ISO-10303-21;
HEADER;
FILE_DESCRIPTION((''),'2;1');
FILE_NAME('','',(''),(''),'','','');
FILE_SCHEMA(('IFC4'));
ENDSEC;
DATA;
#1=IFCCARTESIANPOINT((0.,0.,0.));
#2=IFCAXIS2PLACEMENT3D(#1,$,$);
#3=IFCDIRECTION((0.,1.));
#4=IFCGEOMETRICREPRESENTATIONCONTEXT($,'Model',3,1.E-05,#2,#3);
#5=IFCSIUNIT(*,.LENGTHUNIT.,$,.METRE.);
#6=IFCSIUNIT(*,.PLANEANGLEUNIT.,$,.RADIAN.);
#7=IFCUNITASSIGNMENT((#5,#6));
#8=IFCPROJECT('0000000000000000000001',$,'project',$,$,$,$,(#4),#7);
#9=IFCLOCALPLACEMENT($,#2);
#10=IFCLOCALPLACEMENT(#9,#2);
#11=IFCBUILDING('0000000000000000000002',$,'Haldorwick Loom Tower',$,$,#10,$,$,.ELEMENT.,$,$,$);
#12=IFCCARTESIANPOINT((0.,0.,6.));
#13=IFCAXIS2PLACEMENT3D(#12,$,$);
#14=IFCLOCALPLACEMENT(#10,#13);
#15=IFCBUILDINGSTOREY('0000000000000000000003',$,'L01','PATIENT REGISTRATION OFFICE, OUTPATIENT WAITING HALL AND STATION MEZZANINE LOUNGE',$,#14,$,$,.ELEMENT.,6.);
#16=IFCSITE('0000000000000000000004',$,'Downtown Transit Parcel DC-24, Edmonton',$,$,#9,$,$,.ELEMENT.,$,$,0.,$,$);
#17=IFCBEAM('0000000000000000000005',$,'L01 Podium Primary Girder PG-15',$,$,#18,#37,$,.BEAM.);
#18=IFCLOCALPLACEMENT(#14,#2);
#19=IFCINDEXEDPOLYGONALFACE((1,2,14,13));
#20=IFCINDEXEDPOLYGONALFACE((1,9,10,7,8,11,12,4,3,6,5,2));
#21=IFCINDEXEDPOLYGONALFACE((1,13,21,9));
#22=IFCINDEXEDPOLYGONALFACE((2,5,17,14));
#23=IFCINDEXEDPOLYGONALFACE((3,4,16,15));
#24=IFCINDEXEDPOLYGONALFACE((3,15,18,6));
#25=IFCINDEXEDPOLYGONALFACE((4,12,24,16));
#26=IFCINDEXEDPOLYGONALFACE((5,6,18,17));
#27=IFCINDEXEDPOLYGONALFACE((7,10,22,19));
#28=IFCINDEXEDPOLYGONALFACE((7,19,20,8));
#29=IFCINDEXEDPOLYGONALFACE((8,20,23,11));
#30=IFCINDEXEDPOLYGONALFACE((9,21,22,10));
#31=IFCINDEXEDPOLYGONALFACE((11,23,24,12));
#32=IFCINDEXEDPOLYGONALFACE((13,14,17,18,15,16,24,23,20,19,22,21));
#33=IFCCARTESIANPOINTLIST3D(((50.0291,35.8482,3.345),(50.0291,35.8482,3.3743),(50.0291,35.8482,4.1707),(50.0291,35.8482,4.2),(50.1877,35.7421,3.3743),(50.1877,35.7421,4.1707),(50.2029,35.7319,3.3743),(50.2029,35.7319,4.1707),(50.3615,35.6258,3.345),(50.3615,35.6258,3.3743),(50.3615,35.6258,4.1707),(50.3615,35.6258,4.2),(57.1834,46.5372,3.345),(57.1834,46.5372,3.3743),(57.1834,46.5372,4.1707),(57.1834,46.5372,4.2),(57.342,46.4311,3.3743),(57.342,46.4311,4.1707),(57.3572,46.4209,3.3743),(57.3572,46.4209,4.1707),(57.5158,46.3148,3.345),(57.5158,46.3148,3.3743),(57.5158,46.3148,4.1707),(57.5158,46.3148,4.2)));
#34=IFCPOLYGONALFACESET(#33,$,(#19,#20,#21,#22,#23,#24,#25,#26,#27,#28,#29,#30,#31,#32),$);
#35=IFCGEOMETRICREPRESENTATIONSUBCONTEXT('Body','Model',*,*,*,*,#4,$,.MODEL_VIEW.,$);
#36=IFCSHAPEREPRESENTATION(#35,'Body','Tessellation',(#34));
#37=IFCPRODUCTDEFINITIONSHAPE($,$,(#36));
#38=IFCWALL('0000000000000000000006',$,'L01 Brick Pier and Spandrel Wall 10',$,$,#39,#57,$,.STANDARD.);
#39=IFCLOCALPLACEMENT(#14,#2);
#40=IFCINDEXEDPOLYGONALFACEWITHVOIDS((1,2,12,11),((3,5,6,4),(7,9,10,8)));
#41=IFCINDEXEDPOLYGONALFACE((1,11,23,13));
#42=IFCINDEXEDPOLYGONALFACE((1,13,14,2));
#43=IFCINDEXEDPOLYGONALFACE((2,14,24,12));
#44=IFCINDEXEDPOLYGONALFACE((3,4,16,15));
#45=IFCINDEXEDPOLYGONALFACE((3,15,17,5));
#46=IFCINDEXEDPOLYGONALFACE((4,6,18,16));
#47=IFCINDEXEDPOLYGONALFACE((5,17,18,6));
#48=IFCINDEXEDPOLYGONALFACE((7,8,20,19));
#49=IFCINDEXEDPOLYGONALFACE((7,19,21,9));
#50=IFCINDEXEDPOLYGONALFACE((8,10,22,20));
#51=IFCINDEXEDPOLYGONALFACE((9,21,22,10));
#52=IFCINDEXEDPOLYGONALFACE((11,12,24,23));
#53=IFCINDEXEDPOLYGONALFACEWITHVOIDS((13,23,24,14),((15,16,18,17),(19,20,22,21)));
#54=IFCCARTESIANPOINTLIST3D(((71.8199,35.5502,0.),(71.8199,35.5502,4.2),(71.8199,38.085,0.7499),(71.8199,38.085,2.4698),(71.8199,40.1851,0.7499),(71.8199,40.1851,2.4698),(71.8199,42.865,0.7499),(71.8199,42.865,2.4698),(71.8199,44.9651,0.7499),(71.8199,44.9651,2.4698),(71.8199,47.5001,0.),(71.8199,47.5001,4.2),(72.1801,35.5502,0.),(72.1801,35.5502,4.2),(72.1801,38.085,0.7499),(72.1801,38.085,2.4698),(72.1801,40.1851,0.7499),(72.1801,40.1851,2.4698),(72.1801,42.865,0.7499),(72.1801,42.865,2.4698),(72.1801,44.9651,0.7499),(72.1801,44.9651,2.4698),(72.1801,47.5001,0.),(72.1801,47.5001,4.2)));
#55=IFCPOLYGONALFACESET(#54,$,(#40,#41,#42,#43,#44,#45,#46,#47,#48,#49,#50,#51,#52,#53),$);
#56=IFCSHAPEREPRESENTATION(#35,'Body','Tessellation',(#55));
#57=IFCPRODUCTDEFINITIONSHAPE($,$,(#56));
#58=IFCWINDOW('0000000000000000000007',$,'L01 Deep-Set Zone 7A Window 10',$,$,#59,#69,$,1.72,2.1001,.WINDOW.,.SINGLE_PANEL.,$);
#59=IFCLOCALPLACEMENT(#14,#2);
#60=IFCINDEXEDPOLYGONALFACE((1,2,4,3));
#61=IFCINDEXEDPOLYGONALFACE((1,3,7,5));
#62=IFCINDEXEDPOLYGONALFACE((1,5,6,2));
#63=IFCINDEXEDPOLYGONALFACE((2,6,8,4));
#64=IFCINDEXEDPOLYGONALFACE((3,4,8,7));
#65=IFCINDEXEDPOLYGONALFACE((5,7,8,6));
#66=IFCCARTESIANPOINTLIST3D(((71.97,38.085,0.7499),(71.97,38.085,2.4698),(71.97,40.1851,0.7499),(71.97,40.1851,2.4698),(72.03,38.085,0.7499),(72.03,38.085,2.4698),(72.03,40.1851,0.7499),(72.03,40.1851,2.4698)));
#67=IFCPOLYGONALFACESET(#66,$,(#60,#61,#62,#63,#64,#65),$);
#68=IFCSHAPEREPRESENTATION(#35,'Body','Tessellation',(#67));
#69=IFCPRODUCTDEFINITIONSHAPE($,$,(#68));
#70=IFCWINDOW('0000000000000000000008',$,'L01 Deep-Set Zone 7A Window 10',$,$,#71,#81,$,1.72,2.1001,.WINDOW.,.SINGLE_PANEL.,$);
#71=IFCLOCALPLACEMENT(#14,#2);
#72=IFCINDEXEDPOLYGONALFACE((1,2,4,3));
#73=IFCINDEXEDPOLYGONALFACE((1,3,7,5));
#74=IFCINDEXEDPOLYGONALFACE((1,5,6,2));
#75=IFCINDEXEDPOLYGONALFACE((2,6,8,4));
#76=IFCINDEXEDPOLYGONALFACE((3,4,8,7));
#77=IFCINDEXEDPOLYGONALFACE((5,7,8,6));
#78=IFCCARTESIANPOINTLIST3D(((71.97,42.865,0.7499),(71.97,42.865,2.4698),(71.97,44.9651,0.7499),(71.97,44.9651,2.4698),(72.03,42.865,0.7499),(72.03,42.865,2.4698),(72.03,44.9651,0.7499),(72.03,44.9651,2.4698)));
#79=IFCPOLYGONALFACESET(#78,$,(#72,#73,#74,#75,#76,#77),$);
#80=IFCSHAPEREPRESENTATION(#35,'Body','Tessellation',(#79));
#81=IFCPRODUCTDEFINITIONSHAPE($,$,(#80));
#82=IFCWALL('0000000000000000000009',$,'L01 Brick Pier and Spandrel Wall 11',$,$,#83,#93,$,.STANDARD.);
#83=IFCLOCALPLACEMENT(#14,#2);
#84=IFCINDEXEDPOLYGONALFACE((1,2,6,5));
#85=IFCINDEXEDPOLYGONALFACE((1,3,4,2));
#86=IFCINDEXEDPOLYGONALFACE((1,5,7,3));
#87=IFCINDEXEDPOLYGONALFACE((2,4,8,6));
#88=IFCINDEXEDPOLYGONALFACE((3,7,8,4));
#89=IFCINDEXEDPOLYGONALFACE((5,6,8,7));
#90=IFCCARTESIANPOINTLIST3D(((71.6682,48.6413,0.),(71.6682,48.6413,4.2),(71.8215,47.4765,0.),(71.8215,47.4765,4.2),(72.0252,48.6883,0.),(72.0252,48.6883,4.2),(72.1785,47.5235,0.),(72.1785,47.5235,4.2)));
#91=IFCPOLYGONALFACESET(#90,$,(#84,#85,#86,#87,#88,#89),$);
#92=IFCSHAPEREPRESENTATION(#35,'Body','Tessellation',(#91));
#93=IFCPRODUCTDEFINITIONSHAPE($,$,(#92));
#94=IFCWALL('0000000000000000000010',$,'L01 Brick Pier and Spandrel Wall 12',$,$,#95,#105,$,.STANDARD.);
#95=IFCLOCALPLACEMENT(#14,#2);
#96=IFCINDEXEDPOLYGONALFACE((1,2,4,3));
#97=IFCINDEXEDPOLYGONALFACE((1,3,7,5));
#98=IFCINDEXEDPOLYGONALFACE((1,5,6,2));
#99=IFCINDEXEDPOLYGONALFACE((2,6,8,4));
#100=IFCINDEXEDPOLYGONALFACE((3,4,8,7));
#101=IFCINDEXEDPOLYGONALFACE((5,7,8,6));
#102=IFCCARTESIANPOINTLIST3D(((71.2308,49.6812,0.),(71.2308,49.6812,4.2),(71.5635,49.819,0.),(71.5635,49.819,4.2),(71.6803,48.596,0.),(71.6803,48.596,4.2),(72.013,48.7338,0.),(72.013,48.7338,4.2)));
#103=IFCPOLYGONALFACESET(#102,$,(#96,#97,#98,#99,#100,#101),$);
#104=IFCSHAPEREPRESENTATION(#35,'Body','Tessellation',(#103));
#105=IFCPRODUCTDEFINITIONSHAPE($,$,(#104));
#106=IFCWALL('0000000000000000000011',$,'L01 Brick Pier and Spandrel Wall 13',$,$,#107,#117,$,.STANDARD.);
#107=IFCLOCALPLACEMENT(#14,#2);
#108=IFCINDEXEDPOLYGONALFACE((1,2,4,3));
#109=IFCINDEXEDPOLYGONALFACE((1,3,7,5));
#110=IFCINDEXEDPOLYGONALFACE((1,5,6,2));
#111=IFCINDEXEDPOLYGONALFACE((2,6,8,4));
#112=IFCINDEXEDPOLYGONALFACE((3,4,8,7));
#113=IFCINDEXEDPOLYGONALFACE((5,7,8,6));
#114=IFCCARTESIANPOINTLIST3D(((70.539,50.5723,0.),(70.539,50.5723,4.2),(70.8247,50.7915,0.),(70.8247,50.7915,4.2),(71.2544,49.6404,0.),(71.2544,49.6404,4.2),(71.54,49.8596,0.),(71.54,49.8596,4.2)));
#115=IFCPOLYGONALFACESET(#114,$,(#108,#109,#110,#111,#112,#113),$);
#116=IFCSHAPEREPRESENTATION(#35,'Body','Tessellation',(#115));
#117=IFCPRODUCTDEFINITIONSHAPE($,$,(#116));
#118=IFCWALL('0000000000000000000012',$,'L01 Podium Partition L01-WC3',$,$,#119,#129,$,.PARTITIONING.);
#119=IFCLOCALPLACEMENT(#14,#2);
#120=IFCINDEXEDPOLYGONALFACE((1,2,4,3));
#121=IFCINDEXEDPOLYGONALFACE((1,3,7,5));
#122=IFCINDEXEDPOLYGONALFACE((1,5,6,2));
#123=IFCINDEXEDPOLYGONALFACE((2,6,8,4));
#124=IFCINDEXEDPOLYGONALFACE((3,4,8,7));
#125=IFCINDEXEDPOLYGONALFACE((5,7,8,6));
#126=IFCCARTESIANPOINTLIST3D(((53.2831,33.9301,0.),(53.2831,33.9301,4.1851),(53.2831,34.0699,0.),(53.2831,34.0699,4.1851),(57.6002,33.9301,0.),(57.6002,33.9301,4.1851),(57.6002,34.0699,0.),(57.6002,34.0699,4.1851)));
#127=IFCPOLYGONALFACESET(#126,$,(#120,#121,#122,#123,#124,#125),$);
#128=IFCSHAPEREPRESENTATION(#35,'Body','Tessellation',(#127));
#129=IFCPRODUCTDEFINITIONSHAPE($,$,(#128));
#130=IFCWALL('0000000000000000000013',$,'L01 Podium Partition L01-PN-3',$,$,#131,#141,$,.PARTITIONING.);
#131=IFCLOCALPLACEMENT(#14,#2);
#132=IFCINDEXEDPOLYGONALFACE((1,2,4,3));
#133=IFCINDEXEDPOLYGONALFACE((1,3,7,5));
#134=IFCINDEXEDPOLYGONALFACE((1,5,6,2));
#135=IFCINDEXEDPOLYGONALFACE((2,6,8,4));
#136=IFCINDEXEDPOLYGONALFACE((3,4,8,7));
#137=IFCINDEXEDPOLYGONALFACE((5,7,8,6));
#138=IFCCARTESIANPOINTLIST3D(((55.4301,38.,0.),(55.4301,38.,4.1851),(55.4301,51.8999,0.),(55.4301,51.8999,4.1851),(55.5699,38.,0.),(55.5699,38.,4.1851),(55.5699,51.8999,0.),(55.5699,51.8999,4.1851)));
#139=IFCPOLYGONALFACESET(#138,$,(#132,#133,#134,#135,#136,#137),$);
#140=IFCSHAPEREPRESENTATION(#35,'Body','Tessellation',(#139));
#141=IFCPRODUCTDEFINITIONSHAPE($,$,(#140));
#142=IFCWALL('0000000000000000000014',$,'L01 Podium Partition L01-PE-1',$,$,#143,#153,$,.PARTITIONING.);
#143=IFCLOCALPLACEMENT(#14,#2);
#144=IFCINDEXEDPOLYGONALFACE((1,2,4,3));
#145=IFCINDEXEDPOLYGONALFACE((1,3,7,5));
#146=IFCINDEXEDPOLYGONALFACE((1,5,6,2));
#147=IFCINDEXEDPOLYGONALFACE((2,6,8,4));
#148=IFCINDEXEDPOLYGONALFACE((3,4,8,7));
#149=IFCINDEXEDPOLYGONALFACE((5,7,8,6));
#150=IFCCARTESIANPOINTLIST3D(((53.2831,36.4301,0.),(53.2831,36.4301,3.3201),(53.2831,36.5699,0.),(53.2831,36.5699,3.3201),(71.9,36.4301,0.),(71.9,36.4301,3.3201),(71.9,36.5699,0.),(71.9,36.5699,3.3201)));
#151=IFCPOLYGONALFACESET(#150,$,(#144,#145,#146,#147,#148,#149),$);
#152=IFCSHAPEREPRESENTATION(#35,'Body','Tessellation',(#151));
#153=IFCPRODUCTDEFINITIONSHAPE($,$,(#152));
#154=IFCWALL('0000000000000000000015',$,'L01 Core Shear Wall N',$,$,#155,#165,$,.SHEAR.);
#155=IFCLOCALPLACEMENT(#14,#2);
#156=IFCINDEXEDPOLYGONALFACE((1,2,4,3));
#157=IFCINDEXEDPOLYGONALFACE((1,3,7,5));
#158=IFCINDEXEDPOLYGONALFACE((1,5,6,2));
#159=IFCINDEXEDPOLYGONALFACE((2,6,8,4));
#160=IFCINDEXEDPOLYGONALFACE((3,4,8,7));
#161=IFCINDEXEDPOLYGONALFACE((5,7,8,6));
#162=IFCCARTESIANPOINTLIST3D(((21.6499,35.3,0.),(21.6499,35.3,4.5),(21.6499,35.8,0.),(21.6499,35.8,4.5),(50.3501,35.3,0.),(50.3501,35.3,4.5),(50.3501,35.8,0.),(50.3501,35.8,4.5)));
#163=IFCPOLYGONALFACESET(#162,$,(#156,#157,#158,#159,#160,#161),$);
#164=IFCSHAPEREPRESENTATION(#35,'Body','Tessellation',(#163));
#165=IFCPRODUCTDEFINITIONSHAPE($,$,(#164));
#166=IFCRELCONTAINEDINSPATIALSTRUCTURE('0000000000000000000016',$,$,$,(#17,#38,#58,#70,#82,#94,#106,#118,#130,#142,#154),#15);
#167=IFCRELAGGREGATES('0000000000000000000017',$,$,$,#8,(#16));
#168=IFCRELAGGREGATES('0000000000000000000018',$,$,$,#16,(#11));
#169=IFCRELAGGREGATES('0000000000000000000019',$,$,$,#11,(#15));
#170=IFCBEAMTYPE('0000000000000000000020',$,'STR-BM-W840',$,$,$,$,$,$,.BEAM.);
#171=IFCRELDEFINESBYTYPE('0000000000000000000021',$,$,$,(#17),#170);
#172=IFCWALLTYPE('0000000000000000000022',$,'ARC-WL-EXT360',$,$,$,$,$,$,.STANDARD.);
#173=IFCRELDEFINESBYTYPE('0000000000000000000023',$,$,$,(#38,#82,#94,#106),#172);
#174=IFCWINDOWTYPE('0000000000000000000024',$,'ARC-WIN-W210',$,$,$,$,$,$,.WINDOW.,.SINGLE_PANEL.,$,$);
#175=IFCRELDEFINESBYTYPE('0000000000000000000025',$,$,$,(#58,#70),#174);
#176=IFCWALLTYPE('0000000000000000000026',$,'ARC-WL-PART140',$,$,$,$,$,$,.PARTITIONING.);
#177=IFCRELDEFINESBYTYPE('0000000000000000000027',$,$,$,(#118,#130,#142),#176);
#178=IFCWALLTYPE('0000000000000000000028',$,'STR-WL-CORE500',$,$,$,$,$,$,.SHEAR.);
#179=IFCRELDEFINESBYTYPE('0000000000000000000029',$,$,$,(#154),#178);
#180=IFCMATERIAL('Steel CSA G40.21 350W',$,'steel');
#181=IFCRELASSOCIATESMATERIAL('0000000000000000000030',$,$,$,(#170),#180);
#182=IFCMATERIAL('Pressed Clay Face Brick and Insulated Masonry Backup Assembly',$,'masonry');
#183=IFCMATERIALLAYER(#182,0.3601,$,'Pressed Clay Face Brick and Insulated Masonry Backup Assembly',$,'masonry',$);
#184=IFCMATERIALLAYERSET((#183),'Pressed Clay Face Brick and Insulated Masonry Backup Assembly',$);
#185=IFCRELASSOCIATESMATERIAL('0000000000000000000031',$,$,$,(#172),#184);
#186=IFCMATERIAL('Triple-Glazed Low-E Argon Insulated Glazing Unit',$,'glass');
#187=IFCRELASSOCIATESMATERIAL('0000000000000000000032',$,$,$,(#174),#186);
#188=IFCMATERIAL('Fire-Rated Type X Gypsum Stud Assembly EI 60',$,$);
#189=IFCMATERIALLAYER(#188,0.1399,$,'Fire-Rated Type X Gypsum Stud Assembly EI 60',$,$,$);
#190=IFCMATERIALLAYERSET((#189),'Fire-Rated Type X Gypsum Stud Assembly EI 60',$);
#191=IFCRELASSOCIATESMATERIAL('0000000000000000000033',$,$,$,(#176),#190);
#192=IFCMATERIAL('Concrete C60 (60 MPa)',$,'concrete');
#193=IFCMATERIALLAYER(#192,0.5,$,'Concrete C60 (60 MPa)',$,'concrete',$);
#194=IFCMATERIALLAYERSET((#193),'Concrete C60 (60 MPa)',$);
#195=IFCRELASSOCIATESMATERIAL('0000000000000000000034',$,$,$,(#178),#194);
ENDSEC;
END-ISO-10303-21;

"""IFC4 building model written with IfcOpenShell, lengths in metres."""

from ifc_helpers import new_model, si_unit, direction, frame, frame_2d, origin, origin_2d, place, context, subcontext, project, spatial, rectangle, i_section, extrude, material, layer, layer_set, material_profile, profile_set, type_object, element, fill, save


model = new_model("IFC4")

# Units and contexts
model_context = context("Model", 3, precision=1e-05, world=origin(), true_north=direction((0.0, 1.0)))
body_context = subcontext(model_context, "Body", "Model", "MODEL_VIEW")
ifc_project = project(units=[si_unit("LENGTHUNIT", "METRE"), si_unit("PLANEANGLEUNIT", "RADIAN")], contexts=[model_context])

# Site, building, storey
site_placement = place(None, origin())
site = spatial("IfcSite", under=ifc_project, at=site_placement, Name="Downtown Transit Parcel DC-24, Edmonton", CompositionType="ELEMENT", RefElevation=0.0)
building_placement = place(site_placement, origin())
building = spatial("IfcBuilding", under=site, at=building_placement, Name="Haldorwick Loom Tower", CompositionType="ELEMENT")
storey_placement = place(building_placement, frame((0.0, 0.0, 6.0)))
storey = spatial("IfcBuildingStorey", under=building, at=storey_placement, Name="L01", Description="PATIENT REGISTRATION OFFICE, OUTPATIENT WAITING HALL AND STATION MEZZANINE LOUNGE", CompositionType="ELEMENT", Elevation=6.0)

# Shared definitions
ifc_material_1 = material(Name="Concrete C60 (60 MPa)", Category="concrete")

# Beam
ifc_material_2 = material(Name="Steel CSA G40.21 350W", Category="steel")
ifc_material_profile_1 = material_profile(ifc_material_2, i_section(OverallWidth=0.3999, OverallDepth=0.855, WebThickness=0.0183, FlangeThickness=0.0293, at=origin_2d()), Name="W840X299", Category="steel")
ifc_profile_set_1 = profile_set([ifc_material_profile_1], Name="Steel CSA G40.21 350W")
beam_type_1 = type_object("IfcBeamType", Name="STR-BM-W840", PredefinedType="BEAM", material=ifc_profile_set_1)
beam_1_placement = place(storey_placement, frame((57.3496, 46.426, 3.7725), z_axis=(-0.556224, -0.831033, 0.0), x_axis=(0.831033, -0.556224, 0.0)))
element("IfcBeam", 1, at=beam_1_placement, inside=storey, type_object=beam_type_1, Name="L01 Podium Primary Girder PG-15", PredefinedType="BEAM", context=body_context, shape_type="SweptSolid", body=[
    extrude(i_section(OverallWidth=0.3999, OverallDepth=0.855, WebThickness=0.0183, FlangeThickness=0.0293, at=origin_2d()), origin(), (0.0, 0.0, 1.0), 12.8623),
])

# Wall, openings, windows
ifc_material_3 = material(Name="Pressed Clay Face Brick and Insulated Masonry Backup Assembly", Category="masonry")
ifc_layer_1 = layer(ifc_material_3, 0.3601, Name="Pressed Clay Face Brick and Insulated Masonry Backup Assembly", Category="masonry")
ifc_layer_set_1 = layer_set([ifc_layer_1], Name="Pressed Clay Face Brick and Insulated Masonry Backup Assembly")
wall_type_1 = type_object("IfcWallType", Name="ARC-WL-EXT360", PredefinedType="STANDARD", material=ifc_layer_set_1)
wall_1_placement = place(storey_placement, frame((72.0, 35.55, 0.0), z_axis=(0.0, 0.0, 1.0), x_axis=(0.0, 1.0, 0.0)))
wall_1 = element("IfcWall", 2, at=wall_1_placement, inside=storey, type_object=wall_type_1, Name="L01 Brick Pier and Spandrel Wall 10", PredefinedType="STANDARD", context=body_context, shape_type="SweptSolid", body=[
    extrude(rectangle(XDim=11.95, YDim=0.3601, at=frame_2d((5.9751, 0.0))), origin(), (0.0, 0.0, 1.0), 4.2),
])
opening_1_placement = place(wall_1_placement, frame((2.5349, 0.0, 0.75)))
opening_1 = element("IfcOpeningElement", 3, at=opening_1_placement, cuts=wall_1, PredefinedType="OPENING", context=body_context, shape_type="SweptSolid", body=[
    extrude(rectangle(XDim=2.1001, YDim=1.72, at=frame_2d((1.05, 0.8599))), frame((0.0, 0.1899, 0.0), z_axis=(0.0, -1.0, 0.0), x_axis=(1.0, 0.0, 0.0)), (0.0, 0.0, 1.0), 0.3801),
])
opening_2_placement = place(wall_1_placement, frame((7.3149, 0.0, 0.75)))
opening_2 = element("IfcOpeningElement", 4, at=opening_2_placement, cuts=wall_1, PredefinedType="OPENING", context=body_context, shape_type="SweptSolid", body=[
    extrude(rectangle(XDim=2.1001, YDim=1.72, at=frame_2d((1.05, 0.8599))), frame((0.0, 0.1899, 0.0), z_axis=(0.0, -1.0, 0.0), x_axis=(1.0, 0.0, 0.0)), (0.0, 0.0, 1.0), 0.3801),
])
ifc_material_4 = material(Name="Triple-Glazed Low-E Argon Insulated Glazing Unit", Category="glass")
window_type = type_object("IfcWindowType", Name="ARC-WIN-W210", PartitioningType="SINGLE_PANEL", PredefinedType="WINDOW", material=ifc_material_4)
window_1_placement = place(opening_1_placement, origin())
window_1 = element("IfcWindow", 5, at=window_1_placement, inside=storey, type_object=window_type, Name="L01 Deep-Set Zone 7A Window 10", OverallHeight=1.72, OverallWidth=2.1001, PartitioningType="SINGLE_PANEL", PredefinedType="WINDOW", context=body_context, shape_type="SweptSolid", body=[
    extrude(rectangle(XDim=2.1001, YDim=1.72, at=frame_2d((1.05, 0.8599))), frame((0.0, 0.03, 0.0), z_axis=(0.0, -1.0, 0.0), x_axis=(1.0, 0.0, 0.0)), (0.0, 0.0, 1.0), 0.0601),
])
fill(opening_1, window_1)
window_2_placement = place(opening_2_placement, origin())
window_2 = element("IfcWindow", 6, at=window_2_placement, inside=storey, type_object=window_type, Name="L01 Deep-Set Zone 7A Window 10", OverallHeight=1.72, OverallWidth=2.1001, PartitioningType="SINGLE_PANEL", PredefinedType="WINDOW", context=body_context, shape_type="SweptSolid", body=[
    extrude(rectangle(XDim=2.1001, YDim=1.72, at=frame_2d((1.05, 0.8599))), frame((0.0, 0.03, 0.0), z_axis=(0.0, -1.0, 0.0), x_axis=(1.0, 0.0, 0.0)), (0.0, 0.0, 1.0), 0.0601),
])
fill(opening_2, window_2)

# Walls
wall_2_placement = place(storey_placement, frame((72.0, 47.5, 0.0), z_axis=(0.0, 0.0, 1.0), x_axis=(-0.130503, 0.991448, 0.0)))
element("IfcWall", 7, at=wall_2_placement, inside=storey, type_object=wall_type_1, Name="L01 Brick Pier and Spandrel Wall 11", PredefinedType="STANDARD", context=body_context, shape_type="SweptSolid", body=[
    extrude(rectangle(XDim=1.1748, YDim=0.3601, at=frame_2d((0.5874, 0.0))), origin(), (0.0, 0.0, 1.0), 4.2),
])
wall_3_placement = place(storey_placement, frame((71.8467, 48.6648, 0.0), z_axis=(0.0, 0.0, 1.0), x_axis=(-0.382652, 0.923893, 0.0)))
element("IfcWall", 8, at=wall_3_placement, inside=storey, type_object=wall_type_1, Name="L01 Brick Pier and Spandrel Wall 12", PredefinedType="STANDARD", context=body_context, shape_type="SweptSolid", body=[
    extrude(rectangle(XDim=1.1746, YDim=0.3601, at=frame_2d((0.5874, 0.0))), origin(), (0.0, 0.0, 1.0), 4.2),
])
wall_4_placement = place(storey_placement, frame((71.3972, 49.75, 0.0), z_axis=(0.0, 0.0, 1.0), x_axis=(-0.608907, 0.793242, 0.0)))
element("IfcWall", 9, at=wall_4_placement, inside=storey, type_object=wall_type_1, Name="L01 Brick Pier and Spandrel Wall 13", PredefinedType="STANDARD", context=body_context, shape_type="SweptSolid", body=[
    extrude(rectangle(XDim=1.1748, YDim=0.3601, at=frame_2d((0.5874, 0.0))), origin(), (0.0, 0.0, 1.0), 4.2),
])
ifc_material_5 = material(Name="Fire-Rated Type X Gypsum Stud Assembly EI 60")
ifc_layer_2 = layer(ifc_material_5, 0.1399, Name="Fire-Rated Type X Gypsum Stud Assembly EI 60")
ifc_layer_set_2 = layer_set([ifc_layer_2], Name="Fire-Rated Type X Gypsum Stud Assembly EI 60")
wall_type_2 = type_object("IfcWallType", Name="ARC-WL-PART140", PredefinedType="PARTITIONING", material=ifc_layer_set_2)
wall_5_placement = place(storey_placement, frame((53.283, 34.0, 0.0), z_axis=(0.0, 0.0, 1.0), x_axis=(1.0, 0.0, 0.0)))
element("IfcWall", 10, at=wall_5_placement, inside=storey, type_object=wall_type_2, Name="L01 Podium Partition L01-WC3", PredefinedType="PARTITIONING", context=body_context, shape_type="SweptSolid", body=[
    extrude(rectangle(XDim=4.3171, YDim=0.1399, at=frame_2d((2.1587, 0.0))), origin(), (0.0, 0.0, 1.0), 4.1851),
])
wall_6_placement = place(storey_placement, frame((55.5, 38.0, 0.0), z_axis=(0.0, 0.0, 1.0), x_axis=(0.0, 1.0, 0.0)))
element("IfcWall", 11, at=wall_6_placement, inside=storey, type_object=wall_type_2, Name="L01 Podium Partition L01-PN-3", PredefinedType="PARTITIONING", context=body_context, shape_type="SweptSolid", body=[
    extrude(rectangle(XDim=13.8999, YDim=0.1399, at=frame_2d((6.95, 0.0))), origin(), (0.0, 0.0, 1.0), 4.1851),
])
wall_7_placement = place(storey_placement, frame((53.283, 36.5, 0.0), z_axis=(0.0, 0.0, 1.0), x_axis=(1.0, 0.0, 0.0)))
element("IfcWall", 12, at=wall_7_placement, inside=storey, type_object=wall_type_2, Name="L01 Podium Partition L01-PE-1", PredefinedType="PARTITIONING", context=body_context, shape_type="SweptSolid", body=[
    extrude(rectangle(XDim=18.6169, YDim=0.1399, at=frame_2d((9.3086, 0.0))), origin(), (0.0, 0.0, 1.0), 3.3201),
])
ifc_layer_3 = layer(ifc_material_1, 0.5, Name="Concrete C60 (60 MPa)", Category="concrete")
ifc_layer_set_3 = layer_set([ifc_layer_3], Name="Concrete C60 (60 MPa)")
wall_type_3 = type_object("IfcWallType", Name="STR-WL-CORE500", PredefinedType="SHEAR", material=ifc_layer_set_3)
wall_8_placement = place(storey_placement, frame((50.3501, 35.55, 0.0), z_axis=(0.0, 0.0, 1.0), x_axis=(-1.0, 0.0, 0.0)))
element("IfcWall", 13, at=wall_8_placement, inside=storey, type_object=wall_type_3, Name="L01 Core Shear Wall N", PredefinedType="SHEAR", context=body_context, shape_type="SweptSolid", body=[
    extrude(rectangle(XDim=28.7002, YDim=0.5, at=frame_2d((14.3501, 0.0))), origin(), (0.0, 0.0, 1.0), 4.5),
])

save(model, "model.ifc")
